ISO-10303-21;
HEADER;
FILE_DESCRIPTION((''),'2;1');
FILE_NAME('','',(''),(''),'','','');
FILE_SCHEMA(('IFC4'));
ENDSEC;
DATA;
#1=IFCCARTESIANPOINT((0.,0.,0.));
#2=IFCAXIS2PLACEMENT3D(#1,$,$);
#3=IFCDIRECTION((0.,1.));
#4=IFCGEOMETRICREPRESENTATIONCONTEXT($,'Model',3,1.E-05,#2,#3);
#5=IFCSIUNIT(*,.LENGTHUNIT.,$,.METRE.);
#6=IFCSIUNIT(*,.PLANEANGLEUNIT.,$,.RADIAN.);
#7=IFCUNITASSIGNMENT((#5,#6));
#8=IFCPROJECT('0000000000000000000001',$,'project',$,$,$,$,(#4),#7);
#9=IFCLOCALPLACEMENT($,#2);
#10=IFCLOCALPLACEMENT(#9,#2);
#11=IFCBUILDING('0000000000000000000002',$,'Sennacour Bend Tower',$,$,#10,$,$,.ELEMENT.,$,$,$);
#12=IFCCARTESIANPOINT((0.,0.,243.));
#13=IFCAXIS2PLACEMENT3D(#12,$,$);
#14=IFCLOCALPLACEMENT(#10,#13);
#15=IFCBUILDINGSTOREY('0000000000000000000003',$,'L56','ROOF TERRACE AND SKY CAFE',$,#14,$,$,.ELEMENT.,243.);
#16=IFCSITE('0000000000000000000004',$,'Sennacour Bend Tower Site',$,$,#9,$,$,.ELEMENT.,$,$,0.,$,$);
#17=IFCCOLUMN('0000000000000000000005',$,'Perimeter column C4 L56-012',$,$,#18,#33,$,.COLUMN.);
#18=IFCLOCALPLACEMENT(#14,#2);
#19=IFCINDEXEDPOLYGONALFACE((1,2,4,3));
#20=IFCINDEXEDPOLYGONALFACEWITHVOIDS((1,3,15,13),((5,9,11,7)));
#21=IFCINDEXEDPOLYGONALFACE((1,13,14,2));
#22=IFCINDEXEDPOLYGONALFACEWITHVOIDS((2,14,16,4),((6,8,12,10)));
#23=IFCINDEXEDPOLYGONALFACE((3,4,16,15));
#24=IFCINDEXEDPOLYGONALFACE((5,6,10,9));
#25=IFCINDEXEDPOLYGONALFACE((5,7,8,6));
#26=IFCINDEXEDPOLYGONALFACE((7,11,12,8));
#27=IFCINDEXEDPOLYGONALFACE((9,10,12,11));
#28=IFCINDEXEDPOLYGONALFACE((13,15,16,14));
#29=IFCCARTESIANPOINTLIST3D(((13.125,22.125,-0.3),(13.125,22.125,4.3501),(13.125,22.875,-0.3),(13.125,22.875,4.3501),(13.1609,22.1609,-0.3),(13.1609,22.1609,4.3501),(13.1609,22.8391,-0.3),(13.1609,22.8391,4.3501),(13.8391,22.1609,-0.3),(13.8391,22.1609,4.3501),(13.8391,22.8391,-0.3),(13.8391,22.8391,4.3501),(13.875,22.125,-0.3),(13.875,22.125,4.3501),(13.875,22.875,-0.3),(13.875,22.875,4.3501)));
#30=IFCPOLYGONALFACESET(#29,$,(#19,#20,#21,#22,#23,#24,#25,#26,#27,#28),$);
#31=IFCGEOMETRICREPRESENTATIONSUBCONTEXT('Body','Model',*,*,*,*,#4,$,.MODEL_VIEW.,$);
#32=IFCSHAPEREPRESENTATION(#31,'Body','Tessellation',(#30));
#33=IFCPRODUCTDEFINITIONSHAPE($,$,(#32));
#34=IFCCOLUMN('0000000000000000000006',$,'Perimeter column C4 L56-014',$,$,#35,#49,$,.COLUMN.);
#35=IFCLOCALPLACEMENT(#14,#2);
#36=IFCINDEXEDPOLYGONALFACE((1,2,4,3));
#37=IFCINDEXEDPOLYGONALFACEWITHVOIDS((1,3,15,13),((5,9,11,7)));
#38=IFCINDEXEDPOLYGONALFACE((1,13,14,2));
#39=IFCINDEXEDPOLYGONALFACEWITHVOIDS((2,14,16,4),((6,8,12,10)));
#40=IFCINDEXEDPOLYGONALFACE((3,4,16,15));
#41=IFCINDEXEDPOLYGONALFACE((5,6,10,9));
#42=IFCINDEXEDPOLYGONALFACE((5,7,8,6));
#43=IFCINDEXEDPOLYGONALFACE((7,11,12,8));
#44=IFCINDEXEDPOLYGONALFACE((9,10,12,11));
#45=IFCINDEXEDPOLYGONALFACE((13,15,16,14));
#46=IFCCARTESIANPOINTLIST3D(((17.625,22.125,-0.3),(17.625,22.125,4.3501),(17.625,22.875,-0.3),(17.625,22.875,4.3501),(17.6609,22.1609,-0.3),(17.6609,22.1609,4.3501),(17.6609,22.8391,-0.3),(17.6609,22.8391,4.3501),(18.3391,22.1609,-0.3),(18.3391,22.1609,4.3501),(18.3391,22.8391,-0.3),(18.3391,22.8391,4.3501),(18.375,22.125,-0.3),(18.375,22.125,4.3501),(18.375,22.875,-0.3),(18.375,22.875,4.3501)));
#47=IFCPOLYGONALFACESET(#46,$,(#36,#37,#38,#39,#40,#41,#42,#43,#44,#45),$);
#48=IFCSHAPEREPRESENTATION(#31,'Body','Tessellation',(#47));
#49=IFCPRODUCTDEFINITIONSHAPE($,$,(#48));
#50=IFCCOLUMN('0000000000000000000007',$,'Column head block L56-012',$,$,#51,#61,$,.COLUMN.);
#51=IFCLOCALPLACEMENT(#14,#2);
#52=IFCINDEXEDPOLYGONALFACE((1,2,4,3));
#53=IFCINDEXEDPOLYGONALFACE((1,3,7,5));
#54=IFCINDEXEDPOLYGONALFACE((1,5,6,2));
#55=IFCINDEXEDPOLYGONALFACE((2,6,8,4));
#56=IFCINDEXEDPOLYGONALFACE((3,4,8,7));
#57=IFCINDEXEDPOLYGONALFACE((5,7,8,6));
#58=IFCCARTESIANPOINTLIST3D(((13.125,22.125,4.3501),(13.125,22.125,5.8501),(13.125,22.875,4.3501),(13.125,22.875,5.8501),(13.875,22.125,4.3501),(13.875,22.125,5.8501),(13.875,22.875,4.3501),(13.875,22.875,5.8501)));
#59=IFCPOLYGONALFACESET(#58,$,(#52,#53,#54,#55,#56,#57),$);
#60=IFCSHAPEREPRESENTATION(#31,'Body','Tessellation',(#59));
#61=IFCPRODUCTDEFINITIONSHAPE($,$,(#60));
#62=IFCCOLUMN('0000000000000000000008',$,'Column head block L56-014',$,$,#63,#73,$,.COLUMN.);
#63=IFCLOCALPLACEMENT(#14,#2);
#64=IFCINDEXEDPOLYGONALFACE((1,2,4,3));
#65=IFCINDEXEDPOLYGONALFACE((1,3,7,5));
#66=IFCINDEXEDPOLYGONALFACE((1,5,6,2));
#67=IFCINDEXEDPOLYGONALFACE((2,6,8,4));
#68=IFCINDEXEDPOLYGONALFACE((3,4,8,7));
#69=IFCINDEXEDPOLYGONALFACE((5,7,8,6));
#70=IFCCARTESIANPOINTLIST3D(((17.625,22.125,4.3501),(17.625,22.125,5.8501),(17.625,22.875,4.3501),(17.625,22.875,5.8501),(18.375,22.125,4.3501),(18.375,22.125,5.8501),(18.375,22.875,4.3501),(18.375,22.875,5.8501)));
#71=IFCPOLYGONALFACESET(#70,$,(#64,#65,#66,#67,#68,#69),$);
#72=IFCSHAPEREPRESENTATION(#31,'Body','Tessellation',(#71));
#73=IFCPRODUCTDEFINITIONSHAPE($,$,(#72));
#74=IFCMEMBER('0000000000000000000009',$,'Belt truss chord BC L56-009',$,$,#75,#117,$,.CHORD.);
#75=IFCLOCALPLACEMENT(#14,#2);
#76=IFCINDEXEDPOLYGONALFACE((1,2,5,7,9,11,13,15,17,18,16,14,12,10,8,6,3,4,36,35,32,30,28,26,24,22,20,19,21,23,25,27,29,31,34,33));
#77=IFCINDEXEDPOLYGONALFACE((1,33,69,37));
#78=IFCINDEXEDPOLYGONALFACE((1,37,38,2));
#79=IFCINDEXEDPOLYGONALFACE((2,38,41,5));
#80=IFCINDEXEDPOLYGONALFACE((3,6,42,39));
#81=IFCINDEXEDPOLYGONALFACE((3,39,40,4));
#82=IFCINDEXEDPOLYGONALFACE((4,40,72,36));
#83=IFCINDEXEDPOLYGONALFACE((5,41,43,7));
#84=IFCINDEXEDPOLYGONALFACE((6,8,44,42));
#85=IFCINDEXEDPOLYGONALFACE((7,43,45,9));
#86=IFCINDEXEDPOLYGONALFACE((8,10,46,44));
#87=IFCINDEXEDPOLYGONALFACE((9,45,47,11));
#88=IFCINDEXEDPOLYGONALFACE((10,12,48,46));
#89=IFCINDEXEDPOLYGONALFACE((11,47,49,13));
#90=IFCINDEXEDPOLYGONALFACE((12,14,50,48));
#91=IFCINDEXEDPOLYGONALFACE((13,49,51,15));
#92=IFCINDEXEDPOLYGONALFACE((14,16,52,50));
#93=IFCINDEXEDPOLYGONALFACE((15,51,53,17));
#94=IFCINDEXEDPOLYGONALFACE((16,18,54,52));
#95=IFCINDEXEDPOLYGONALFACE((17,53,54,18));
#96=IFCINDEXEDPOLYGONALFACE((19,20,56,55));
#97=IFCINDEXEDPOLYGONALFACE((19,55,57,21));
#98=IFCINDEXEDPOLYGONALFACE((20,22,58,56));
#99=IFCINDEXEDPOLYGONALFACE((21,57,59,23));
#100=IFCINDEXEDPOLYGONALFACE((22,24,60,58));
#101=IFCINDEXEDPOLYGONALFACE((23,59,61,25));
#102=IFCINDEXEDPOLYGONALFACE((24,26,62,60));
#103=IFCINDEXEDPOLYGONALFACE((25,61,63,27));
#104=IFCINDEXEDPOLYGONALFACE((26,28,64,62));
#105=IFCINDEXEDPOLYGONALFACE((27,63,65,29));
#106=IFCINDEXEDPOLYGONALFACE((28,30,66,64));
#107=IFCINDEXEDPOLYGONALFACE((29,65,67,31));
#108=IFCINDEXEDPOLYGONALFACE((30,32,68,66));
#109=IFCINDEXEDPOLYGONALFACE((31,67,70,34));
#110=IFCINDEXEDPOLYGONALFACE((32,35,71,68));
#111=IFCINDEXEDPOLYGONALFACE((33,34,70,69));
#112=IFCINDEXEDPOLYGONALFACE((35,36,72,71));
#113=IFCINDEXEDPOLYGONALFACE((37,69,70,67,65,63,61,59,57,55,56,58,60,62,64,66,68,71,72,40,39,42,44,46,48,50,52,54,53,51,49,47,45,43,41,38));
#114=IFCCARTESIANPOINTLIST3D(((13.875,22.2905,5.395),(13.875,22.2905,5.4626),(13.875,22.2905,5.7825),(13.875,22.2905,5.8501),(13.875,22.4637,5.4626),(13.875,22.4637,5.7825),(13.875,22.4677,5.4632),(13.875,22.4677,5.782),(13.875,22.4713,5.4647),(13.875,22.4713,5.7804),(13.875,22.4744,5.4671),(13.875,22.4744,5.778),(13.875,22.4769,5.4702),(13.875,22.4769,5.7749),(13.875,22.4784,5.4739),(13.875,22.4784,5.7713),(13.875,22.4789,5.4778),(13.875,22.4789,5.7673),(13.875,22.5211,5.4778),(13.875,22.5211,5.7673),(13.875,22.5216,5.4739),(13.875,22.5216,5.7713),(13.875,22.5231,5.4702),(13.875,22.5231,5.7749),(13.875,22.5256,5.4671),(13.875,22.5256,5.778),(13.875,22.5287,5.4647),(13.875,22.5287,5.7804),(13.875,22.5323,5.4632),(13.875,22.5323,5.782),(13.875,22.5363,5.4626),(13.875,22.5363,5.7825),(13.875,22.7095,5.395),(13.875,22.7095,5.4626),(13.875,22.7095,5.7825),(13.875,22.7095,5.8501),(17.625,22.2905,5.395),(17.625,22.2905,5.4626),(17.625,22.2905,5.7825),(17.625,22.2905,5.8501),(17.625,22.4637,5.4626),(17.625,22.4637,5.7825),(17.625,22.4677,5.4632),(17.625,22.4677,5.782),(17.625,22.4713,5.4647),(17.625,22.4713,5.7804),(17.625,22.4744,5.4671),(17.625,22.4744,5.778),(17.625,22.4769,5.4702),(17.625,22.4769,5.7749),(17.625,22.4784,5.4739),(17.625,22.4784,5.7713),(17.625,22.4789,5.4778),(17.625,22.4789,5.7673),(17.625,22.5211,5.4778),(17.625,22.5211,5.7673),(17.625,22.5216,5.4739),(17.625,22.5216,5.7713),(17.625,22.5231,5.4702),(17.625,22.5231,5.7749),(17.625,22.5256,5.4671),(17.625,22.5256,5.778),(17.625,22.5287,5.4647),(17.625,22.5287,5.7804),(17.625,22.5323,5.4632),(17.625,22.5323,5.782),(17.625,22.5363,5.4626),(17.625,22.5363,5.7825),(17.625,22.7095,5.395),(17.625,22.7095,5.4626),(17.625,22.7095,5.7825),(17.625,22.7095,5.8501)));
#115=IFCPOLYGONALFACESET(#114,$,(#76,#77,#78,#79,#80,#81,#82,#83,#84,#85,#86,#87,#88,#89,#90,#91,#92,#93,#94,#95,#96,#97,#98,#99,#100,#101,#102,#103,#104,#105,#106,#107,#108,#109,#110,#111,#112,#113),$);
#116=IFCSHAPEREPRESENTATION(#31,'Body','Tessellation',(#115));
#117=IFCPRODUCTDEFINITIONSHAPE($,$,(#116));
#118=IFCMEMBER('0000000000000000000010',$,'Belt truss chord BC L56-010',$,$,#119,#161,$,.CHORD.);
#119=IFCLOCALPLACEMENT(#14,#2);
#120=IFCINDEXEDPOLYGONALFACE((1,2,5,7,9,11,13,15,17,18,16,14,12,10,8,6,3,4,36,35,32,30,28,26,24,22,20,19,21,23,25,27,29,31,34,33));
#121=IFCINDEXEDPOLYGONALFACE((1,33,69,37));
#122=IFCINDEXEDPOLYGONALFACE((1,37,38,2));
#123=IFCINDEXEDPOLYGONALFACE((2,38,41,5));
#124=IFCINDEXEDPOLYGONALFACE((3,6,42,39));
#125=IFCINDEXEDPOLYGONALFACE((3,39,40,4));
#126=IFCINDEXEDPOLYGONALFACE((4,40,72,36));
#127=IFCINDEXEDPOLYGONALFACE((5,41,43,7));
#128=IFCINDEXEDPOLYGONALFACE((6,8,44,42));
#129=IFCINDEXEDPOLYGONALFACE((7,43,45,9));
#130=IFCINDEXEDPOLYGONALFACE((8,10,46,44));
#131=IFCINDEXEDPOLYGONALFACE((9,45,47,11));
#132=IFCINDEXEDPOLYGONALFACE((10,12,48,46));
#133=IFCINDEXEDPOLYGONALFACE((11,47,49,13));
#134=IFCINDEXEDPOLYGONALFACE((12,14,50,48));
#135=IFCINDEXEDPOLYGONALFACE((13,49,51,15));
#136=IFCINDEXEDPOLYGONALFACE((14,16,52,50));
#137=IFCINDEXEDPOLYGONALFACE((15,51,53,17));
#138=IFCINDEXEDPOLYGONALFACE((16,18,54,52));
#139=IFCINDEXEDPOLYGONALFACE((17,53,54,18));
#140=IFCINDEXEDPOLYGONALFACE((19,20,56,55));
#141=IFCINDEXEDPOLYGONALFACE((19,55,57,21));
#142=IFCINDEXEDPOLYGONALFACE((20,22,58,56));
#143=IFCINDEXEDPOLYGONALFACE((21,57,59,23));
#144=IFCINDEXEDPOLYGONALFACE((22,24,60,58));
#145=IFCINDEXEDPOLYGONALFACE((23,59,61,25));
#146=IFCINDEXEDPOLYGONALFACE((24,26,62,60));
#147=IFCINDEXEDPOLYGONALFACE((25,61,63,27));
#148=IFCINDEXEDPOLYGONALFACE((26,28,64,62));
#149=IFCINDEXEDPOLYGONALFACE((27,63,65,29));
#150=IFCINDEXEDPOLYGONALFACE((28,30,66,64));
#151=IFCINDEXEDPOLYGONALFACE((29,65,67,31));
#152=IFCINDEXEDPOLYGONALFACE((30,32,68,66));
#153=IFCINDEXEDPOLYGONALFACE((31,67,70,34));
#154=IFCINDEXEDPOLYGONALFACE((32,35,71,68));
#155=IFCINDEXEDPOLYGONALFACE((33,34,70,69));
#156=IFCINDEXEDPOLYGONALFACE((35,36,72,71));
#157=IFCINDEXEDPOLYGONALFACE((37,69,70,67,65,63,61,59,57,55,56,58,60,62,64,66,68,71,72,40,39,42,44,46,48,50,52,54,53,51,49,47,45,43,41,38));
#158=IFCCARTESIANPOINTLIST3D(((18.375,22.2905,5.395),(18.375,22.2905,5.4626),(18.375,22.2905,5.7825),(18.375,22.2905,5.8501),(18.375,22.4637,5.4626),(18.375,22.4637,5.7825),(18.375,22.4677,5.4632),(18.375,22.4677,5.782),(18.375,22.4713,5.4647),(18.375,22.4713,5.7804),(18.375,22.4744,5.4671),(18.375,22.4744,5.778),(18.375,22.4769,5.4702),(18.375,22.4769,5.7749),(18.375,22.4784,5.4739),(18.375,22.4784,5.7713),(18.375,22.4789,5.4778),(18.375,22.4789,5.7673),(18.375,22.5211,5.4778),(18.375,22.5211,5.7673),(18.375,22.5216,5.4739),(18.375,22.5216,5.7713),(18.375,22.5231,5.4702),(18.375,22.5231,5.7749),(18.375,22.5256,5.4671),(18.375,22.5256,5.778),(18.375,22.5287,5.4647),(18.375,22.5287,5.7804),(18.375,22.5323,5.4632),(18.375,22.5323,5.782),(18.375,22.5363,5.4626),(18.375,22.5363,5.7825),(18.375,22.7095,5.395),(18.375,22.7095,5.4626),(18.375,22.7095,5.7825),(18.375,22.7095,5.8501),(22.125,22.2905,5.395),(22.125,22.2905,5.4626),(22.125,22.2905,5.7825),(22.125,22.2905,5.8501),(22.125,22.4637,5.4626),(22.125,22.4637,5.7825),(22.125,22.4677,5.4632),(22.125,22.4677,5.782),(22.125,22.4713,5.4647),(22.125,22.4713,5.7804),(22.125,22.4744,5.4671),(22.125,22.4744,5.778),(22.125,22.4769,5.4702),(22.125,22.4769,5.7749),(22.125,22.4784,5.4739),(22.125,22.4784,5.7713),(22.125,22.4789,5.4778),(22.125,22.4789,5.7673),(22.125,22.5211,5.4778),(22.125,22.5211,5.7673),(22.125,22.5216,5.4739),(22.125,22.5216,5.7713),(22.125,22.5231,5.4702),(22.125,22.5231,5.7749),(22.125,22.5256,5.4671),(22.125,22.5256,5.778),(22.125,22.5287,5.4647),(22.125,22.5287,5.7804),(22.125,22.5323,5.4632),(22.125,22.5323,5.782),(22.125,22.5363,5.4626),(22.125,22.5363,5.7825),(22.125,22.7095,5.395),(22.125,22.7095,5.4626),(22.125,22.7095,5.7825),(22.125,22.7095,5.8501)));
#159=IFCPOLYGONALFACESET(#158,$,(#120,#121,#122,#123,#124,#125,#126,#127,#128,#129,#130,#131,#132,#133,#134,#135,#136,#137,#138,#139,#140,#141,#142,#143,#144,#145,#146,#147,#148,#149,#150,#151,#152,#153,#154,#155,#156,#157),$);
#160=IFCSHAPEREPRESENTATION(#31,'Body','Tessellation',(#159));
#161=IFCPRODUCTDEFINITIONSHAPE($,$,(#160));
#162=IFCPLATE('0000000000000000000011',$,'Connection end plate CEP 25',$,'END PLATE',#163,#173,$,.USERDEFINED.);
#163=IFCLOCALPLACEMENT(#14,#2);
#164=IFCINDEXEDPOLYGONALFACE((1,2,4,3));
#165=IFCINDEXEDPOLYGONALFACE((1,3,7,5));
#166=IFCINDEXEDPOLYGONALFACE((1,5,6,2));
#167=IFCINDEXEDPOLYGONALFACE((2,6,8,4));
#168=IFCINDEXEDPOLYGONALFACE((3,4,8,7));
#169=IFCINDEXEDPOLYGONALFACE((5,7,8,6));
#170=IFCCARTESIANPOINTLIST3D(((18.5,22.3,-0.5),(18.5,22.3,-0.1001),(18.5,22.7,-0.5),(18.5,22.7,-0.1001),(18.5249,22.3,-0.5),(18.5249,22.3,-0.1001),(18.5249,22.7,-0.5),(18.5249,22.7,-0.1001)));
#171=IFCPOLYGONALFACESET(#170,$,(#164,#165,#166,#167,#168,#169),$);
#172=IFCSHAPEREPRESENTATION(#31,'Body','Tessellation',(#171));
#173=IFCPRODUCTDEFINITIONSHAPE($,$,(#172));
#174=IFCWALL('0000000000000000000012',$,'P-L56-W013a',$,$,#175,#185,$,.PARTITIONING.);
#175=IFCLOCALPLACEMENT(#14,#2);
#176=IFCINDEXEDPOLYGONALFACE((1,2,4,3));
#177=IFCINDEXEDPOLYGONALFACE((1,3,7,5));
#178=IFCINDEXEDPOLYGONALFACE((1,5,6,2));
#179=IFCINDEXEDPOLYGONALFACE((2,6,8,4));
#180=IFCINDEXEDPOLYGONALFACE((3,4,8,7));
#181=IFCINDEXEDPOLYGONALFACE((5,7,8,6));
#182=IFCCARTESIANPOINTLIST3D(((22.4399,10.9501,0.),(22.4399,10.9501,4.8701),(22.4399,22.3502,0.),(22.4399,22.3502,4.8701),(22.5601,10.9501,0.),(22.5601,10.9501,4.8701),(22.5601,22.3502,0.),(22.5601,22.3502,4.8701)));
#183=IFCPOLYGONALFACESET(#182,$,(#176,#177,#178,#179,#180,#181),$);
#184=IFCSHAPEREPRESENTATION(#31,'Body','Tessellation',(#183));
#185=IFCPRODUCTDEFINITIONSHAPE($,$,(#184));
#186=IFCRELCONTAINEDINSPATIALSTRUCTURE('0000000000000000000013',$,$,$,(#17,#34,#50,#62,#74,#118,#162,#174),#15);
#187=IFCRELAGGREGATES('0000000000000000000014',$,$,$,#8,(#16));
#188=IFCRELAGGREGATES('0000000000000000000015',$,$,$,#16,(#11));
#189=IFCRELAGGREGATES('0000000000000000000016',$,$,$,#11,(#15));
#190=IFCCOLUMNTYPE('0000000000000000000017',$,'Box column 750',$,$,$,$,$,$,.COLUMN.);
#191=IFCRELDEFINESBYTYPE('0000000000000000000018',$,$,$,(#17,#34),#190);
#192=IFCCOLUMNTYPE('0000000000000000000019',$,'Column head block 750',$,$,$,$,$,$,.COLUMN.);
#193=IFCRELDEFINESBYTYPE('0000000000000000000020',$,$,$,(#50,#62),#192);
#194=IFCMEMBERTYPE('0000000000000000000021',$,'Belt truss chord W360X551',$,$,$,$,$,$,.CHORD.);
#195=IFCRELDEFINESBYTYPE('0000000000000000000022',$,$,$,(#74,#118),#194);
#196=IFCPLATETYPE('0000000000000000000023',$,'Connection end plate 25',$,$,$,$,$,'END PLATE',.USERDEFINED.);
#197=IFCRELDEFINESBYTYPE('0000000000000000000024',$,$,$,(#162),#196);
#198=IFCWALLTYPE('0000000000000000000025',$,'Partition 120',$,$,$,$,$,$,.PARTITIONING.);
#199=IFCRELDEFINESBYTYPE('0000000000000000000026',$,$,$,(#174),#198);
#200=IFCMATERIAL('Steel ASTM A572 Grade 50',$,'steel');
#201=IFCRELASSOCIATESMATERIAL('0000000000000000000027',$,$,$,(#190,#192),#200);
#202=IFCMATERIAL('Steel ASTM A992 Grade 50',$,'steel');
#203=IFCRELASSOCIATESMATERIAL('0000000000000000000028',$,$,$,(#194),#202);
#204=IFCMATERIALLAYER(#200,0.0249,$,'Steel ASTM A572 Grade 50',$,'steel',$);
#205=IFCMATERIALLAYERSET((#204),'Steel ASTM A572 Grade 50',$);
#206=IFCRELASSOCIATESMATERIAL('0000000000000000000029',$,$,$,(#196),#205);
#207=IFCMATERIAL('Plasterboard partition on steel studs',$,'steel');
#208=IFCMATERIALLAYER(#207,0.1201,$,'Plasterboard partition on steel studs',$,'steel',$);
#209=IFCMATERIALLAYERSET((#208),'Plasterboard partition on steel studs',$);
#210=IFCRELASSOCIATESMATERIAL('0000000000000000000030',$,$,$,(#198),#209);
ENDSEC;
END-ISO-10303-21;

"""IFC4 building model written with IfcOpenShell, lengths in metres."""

from ifc_helpers import new_model, si_unit, direction, frame, frame_2d, origin, origin_2d, place, context, subcontext, project, spatial, rectangle, hollow_rectangle, i_section, extrude, material, layer, layer_set, material_profile, profile_set, type_object, element, save


model = new_model("IFC4")

# Units and contexts
model_context = context("Model", 3, precision=1e-05, world=origin(), true_north=direction((0.0, 1.0)))
body_context = subcontext(model_context, "Body", "Model", "MODEL_VIEW")
ifc_project = project(units=[si_unit("LENGTHUNIT", "METRE"), si_unit("PLANEANGLEUNIT", "RADIAN")], contexts=[model_context])

# Site, building, storey
site_placement = place(None, origin())
site = spatial("IfcSite", under=ifc_project, at=site_placement, Name="Sennacour Bend Tower Site", CompositionType="ELEMENT", RefElevation=0.0)
building_placement = place(site_placement, origin())
building = spatial("IfcBuilding", under=site, at=building_placement, Name="Sennacour Bend Tower", CompositionType="ELEMENT")
storey_placement = place(building_placement, frame((0.0, 0.0, 243.0)))
storey = spatial("IfcBuildingStorey", under=building, at=storey_placement, Name="L56", Description="ROOF TERRACE AND SKY CAFE", CompositionType="ELEMENT", Elevation=243.0)

# Columns
ifc_material_1 = material(Name="Steel ASTM A572 Grade 50", Category="steel")
ifc_material_profile_1 = material_profile(ifc_material_1, hollow_rectangle(XDim=0.75, YDim=0.75, WallThickness=0.0359, at=origin_2d()), Name="Steel ASTM A572 Grade 50", Category="steel")
ifc_profile_set_1 = profile_set([ifc_material_profile_1], Name="Steel ASTM A572 Grade 50")
column_type_1 = type_object("IfcColumnType", Name="Box column 750", PredefinedType="COLUMN", material=ifc_profile_set_1)
for number, where, z_axis, x_axis, name in (
    (1, (13.5, 22.5, -0.3), (0.0, 0.0, 1.0), (1.0, 0.0, 0.0), "Perimeter column C4 L56-012"),
    (2, (18.0, 22.5, -0.3), (0.0, 0.0, 1.0), (1.0, 0.0, 0.0), "Perimeter column C4 L56-014"),
):
    element("IfcColumn", number, at=place(storey_placement, frame(where, z_axis=z_axis, x_axis=x_axis)), inside=storey, type_object=column_type_1, Name=name, PredefinedType="COLUMN", context=body_context, shape_type="SweptSolid", body=[
        extrude(hollow_rectangle(XDim=0.75, YDim=0.75, WallThickness=0.0359, at=origin_2d()), origin(), (0.0, 0.0, 1.0), 4.6501),
    ])
ifc_material_profile_2 = material_profile(ifc_material_1, rectangle(XDim=0.75, YDim=0.75, at=origin_2d()), Name="Steel ASTM A572 Grade 50", Category="steel")
ifc_profile_set_2 = profile_set([ifc_material_profile_2], Name="Steel ASTM A572 Grade 50")
column_type_2 = type_object("IfcColumnType", Name="Column head block 750", PredefinedType="COLUMN", material=ifc_profile_set_2)
for number, where, z_axis, x_axis, name in (
    (3, (13.5, 22.5, 4.3501), (0.0, 0.0, 1.0), (1.0, 0.0, 0.0), "Column head block L56-012"),
    (4, (18.0, 22.5, 4.3501), (0.0, 0.0, 1.0), (1.0, 0.0, 0.0), "Column head block L56-014"),
):
    element("IfcColumn", number, at=place(storey_placement, frame(where, z_axis=z_axis, x_axis=x_axis)), inside=storey, type_object=column_type_2, Name=name, PredefinedType="COLUMN", context=body_context, shape_type="SweptSolid", body=[
        extrude(rectangle(XDim=0.75, YDim=0.75, at=origin_2d()), origin(), (0.0, 0.0, 1.0), 1.5),
    ])

# Members
ifc_material_2 = material(Name="Steel ASTM A992 Grade 50", Category="steel")
ifc_material_profile_3 = material_profile(ifc_material_2, i_section(OverallWidth=0.4189, OverallDepth=0.4551, WebThickness=0.0422, FlangeThickness=0.0676, FilletRadius=0.0151, at=origin_2d()), Name="Steel ASTM A992 Grade 50", Category="steel")
ifc_profile_set_3 = profile_set([ifc_material_profile_3], Name="Steel ASTM A992 Grade 50")
member_type = type_object("IfcMemberType", Name="Belt truss chord W360X551", PredefinedType="CHORD", material=ifc_profile_set_3)
for number, where, z_axis, x_axis, name in (
    (5, (13.875, 22.5, 5.6226), (1.0, 0.0, 0.0), (0.0, 1.0, 0.0), "Belt truss chord BC L56-009"),
    (6, (18.375, 22.5, 5.6226), (1.0, 0.0, 0.0), (0.0, 1.0, 0.0), "Belt truss chord BC L56-010"),
):
    element("IfcMember", number, at=place(storey_placement, frame(where, z_axis=z_axis, x_axis=x_axis)), inside=storey, type_object=member_type, Name=name, PredefinedType="CHORD", context=body_context, shape_type="SweptSolid", body=[
        extrude(i_section(OverallWidth=0.4189, OverallDepth=0.4551, WebThickness=0.0422, FlangeThickness=0.0676, FilletRadius=0.0151, at=origin_2d()), origin(), (0.0, 0.0, 1.0), 3.75),
    ])

# Plate
ifc_layer_1 = layer(ifc_material_1, 0.0249, Name="Steel ASTM A572 Grade 50", Category="steel")
ifc_layer_set_1 = layer_set([ifc_layer_1], Name="Steel ASTM A572 Grade 50")
plate_type = type_object("IfcPlateType", Name="Connection end plate 25", ElementType="END PLATE", PredefinedType="USERDEFINED", material=ifc_layer_set_1)
plate_placement = place(storey_placement, frame((18.5125, 22.5, -0.5), z_axis=(0.0, 0.0, 1.0), x_axis=(-1.0, 0.0, 0.0)))
element("IfcPlate", 7, at=plate_placement, inside=storey, type_object=plate_type, Name="Connection end plate CEP 25", ObjectType="END PLATE", PredefinedType="USERDEFINED", context=body_context, shape_type="SweptSolid", body=[
    extrude(rectangle(XDim=0.0249, YDim=0.3999, at=origin_2d()), origin(), (0.0, 0.0, 1.0), 0.3999),
])

# Wall
ifc_material_3 = material(Name="Plasterboard partition on steel studs", Category="steel")
ifc_layer_2 = layer(ifc_material_3, 0.1201, Name="Plasterboard partition on steel studs", Category="steel")
ifc_layer_set_2 = layer_set([ifc_layer_2], Name="Plasterboard partition on steel studs")
wall_type_1 = type_object("IfcWallType", Name="Partition 120", PredefinedType="PARTITIONING", material=ifc_layer_set_2)
wall_1_placement = place(storey_placement, frame((22.5, 10.95, 0.0), z_axis=(0.0, 0.0, 1.0), x_axis=(0.0, 1.0, 0.0)))
element("IfcWall", 8, at=wall_1_placement, inside=storey, type_object=wall_type_1, Name="P-L56-W013a", PredefinedType="PARTITIONING", context=body_context, shape_type="SweptSolid", body=[
    extrude(rectangle(XDim=11.4001, YDim=0.1201, at=frame_2d((5.7002, 0.0))), origin(), (0.0, 0.0, 1.0), 4.8701),
])

save(model, "model.ifc")
